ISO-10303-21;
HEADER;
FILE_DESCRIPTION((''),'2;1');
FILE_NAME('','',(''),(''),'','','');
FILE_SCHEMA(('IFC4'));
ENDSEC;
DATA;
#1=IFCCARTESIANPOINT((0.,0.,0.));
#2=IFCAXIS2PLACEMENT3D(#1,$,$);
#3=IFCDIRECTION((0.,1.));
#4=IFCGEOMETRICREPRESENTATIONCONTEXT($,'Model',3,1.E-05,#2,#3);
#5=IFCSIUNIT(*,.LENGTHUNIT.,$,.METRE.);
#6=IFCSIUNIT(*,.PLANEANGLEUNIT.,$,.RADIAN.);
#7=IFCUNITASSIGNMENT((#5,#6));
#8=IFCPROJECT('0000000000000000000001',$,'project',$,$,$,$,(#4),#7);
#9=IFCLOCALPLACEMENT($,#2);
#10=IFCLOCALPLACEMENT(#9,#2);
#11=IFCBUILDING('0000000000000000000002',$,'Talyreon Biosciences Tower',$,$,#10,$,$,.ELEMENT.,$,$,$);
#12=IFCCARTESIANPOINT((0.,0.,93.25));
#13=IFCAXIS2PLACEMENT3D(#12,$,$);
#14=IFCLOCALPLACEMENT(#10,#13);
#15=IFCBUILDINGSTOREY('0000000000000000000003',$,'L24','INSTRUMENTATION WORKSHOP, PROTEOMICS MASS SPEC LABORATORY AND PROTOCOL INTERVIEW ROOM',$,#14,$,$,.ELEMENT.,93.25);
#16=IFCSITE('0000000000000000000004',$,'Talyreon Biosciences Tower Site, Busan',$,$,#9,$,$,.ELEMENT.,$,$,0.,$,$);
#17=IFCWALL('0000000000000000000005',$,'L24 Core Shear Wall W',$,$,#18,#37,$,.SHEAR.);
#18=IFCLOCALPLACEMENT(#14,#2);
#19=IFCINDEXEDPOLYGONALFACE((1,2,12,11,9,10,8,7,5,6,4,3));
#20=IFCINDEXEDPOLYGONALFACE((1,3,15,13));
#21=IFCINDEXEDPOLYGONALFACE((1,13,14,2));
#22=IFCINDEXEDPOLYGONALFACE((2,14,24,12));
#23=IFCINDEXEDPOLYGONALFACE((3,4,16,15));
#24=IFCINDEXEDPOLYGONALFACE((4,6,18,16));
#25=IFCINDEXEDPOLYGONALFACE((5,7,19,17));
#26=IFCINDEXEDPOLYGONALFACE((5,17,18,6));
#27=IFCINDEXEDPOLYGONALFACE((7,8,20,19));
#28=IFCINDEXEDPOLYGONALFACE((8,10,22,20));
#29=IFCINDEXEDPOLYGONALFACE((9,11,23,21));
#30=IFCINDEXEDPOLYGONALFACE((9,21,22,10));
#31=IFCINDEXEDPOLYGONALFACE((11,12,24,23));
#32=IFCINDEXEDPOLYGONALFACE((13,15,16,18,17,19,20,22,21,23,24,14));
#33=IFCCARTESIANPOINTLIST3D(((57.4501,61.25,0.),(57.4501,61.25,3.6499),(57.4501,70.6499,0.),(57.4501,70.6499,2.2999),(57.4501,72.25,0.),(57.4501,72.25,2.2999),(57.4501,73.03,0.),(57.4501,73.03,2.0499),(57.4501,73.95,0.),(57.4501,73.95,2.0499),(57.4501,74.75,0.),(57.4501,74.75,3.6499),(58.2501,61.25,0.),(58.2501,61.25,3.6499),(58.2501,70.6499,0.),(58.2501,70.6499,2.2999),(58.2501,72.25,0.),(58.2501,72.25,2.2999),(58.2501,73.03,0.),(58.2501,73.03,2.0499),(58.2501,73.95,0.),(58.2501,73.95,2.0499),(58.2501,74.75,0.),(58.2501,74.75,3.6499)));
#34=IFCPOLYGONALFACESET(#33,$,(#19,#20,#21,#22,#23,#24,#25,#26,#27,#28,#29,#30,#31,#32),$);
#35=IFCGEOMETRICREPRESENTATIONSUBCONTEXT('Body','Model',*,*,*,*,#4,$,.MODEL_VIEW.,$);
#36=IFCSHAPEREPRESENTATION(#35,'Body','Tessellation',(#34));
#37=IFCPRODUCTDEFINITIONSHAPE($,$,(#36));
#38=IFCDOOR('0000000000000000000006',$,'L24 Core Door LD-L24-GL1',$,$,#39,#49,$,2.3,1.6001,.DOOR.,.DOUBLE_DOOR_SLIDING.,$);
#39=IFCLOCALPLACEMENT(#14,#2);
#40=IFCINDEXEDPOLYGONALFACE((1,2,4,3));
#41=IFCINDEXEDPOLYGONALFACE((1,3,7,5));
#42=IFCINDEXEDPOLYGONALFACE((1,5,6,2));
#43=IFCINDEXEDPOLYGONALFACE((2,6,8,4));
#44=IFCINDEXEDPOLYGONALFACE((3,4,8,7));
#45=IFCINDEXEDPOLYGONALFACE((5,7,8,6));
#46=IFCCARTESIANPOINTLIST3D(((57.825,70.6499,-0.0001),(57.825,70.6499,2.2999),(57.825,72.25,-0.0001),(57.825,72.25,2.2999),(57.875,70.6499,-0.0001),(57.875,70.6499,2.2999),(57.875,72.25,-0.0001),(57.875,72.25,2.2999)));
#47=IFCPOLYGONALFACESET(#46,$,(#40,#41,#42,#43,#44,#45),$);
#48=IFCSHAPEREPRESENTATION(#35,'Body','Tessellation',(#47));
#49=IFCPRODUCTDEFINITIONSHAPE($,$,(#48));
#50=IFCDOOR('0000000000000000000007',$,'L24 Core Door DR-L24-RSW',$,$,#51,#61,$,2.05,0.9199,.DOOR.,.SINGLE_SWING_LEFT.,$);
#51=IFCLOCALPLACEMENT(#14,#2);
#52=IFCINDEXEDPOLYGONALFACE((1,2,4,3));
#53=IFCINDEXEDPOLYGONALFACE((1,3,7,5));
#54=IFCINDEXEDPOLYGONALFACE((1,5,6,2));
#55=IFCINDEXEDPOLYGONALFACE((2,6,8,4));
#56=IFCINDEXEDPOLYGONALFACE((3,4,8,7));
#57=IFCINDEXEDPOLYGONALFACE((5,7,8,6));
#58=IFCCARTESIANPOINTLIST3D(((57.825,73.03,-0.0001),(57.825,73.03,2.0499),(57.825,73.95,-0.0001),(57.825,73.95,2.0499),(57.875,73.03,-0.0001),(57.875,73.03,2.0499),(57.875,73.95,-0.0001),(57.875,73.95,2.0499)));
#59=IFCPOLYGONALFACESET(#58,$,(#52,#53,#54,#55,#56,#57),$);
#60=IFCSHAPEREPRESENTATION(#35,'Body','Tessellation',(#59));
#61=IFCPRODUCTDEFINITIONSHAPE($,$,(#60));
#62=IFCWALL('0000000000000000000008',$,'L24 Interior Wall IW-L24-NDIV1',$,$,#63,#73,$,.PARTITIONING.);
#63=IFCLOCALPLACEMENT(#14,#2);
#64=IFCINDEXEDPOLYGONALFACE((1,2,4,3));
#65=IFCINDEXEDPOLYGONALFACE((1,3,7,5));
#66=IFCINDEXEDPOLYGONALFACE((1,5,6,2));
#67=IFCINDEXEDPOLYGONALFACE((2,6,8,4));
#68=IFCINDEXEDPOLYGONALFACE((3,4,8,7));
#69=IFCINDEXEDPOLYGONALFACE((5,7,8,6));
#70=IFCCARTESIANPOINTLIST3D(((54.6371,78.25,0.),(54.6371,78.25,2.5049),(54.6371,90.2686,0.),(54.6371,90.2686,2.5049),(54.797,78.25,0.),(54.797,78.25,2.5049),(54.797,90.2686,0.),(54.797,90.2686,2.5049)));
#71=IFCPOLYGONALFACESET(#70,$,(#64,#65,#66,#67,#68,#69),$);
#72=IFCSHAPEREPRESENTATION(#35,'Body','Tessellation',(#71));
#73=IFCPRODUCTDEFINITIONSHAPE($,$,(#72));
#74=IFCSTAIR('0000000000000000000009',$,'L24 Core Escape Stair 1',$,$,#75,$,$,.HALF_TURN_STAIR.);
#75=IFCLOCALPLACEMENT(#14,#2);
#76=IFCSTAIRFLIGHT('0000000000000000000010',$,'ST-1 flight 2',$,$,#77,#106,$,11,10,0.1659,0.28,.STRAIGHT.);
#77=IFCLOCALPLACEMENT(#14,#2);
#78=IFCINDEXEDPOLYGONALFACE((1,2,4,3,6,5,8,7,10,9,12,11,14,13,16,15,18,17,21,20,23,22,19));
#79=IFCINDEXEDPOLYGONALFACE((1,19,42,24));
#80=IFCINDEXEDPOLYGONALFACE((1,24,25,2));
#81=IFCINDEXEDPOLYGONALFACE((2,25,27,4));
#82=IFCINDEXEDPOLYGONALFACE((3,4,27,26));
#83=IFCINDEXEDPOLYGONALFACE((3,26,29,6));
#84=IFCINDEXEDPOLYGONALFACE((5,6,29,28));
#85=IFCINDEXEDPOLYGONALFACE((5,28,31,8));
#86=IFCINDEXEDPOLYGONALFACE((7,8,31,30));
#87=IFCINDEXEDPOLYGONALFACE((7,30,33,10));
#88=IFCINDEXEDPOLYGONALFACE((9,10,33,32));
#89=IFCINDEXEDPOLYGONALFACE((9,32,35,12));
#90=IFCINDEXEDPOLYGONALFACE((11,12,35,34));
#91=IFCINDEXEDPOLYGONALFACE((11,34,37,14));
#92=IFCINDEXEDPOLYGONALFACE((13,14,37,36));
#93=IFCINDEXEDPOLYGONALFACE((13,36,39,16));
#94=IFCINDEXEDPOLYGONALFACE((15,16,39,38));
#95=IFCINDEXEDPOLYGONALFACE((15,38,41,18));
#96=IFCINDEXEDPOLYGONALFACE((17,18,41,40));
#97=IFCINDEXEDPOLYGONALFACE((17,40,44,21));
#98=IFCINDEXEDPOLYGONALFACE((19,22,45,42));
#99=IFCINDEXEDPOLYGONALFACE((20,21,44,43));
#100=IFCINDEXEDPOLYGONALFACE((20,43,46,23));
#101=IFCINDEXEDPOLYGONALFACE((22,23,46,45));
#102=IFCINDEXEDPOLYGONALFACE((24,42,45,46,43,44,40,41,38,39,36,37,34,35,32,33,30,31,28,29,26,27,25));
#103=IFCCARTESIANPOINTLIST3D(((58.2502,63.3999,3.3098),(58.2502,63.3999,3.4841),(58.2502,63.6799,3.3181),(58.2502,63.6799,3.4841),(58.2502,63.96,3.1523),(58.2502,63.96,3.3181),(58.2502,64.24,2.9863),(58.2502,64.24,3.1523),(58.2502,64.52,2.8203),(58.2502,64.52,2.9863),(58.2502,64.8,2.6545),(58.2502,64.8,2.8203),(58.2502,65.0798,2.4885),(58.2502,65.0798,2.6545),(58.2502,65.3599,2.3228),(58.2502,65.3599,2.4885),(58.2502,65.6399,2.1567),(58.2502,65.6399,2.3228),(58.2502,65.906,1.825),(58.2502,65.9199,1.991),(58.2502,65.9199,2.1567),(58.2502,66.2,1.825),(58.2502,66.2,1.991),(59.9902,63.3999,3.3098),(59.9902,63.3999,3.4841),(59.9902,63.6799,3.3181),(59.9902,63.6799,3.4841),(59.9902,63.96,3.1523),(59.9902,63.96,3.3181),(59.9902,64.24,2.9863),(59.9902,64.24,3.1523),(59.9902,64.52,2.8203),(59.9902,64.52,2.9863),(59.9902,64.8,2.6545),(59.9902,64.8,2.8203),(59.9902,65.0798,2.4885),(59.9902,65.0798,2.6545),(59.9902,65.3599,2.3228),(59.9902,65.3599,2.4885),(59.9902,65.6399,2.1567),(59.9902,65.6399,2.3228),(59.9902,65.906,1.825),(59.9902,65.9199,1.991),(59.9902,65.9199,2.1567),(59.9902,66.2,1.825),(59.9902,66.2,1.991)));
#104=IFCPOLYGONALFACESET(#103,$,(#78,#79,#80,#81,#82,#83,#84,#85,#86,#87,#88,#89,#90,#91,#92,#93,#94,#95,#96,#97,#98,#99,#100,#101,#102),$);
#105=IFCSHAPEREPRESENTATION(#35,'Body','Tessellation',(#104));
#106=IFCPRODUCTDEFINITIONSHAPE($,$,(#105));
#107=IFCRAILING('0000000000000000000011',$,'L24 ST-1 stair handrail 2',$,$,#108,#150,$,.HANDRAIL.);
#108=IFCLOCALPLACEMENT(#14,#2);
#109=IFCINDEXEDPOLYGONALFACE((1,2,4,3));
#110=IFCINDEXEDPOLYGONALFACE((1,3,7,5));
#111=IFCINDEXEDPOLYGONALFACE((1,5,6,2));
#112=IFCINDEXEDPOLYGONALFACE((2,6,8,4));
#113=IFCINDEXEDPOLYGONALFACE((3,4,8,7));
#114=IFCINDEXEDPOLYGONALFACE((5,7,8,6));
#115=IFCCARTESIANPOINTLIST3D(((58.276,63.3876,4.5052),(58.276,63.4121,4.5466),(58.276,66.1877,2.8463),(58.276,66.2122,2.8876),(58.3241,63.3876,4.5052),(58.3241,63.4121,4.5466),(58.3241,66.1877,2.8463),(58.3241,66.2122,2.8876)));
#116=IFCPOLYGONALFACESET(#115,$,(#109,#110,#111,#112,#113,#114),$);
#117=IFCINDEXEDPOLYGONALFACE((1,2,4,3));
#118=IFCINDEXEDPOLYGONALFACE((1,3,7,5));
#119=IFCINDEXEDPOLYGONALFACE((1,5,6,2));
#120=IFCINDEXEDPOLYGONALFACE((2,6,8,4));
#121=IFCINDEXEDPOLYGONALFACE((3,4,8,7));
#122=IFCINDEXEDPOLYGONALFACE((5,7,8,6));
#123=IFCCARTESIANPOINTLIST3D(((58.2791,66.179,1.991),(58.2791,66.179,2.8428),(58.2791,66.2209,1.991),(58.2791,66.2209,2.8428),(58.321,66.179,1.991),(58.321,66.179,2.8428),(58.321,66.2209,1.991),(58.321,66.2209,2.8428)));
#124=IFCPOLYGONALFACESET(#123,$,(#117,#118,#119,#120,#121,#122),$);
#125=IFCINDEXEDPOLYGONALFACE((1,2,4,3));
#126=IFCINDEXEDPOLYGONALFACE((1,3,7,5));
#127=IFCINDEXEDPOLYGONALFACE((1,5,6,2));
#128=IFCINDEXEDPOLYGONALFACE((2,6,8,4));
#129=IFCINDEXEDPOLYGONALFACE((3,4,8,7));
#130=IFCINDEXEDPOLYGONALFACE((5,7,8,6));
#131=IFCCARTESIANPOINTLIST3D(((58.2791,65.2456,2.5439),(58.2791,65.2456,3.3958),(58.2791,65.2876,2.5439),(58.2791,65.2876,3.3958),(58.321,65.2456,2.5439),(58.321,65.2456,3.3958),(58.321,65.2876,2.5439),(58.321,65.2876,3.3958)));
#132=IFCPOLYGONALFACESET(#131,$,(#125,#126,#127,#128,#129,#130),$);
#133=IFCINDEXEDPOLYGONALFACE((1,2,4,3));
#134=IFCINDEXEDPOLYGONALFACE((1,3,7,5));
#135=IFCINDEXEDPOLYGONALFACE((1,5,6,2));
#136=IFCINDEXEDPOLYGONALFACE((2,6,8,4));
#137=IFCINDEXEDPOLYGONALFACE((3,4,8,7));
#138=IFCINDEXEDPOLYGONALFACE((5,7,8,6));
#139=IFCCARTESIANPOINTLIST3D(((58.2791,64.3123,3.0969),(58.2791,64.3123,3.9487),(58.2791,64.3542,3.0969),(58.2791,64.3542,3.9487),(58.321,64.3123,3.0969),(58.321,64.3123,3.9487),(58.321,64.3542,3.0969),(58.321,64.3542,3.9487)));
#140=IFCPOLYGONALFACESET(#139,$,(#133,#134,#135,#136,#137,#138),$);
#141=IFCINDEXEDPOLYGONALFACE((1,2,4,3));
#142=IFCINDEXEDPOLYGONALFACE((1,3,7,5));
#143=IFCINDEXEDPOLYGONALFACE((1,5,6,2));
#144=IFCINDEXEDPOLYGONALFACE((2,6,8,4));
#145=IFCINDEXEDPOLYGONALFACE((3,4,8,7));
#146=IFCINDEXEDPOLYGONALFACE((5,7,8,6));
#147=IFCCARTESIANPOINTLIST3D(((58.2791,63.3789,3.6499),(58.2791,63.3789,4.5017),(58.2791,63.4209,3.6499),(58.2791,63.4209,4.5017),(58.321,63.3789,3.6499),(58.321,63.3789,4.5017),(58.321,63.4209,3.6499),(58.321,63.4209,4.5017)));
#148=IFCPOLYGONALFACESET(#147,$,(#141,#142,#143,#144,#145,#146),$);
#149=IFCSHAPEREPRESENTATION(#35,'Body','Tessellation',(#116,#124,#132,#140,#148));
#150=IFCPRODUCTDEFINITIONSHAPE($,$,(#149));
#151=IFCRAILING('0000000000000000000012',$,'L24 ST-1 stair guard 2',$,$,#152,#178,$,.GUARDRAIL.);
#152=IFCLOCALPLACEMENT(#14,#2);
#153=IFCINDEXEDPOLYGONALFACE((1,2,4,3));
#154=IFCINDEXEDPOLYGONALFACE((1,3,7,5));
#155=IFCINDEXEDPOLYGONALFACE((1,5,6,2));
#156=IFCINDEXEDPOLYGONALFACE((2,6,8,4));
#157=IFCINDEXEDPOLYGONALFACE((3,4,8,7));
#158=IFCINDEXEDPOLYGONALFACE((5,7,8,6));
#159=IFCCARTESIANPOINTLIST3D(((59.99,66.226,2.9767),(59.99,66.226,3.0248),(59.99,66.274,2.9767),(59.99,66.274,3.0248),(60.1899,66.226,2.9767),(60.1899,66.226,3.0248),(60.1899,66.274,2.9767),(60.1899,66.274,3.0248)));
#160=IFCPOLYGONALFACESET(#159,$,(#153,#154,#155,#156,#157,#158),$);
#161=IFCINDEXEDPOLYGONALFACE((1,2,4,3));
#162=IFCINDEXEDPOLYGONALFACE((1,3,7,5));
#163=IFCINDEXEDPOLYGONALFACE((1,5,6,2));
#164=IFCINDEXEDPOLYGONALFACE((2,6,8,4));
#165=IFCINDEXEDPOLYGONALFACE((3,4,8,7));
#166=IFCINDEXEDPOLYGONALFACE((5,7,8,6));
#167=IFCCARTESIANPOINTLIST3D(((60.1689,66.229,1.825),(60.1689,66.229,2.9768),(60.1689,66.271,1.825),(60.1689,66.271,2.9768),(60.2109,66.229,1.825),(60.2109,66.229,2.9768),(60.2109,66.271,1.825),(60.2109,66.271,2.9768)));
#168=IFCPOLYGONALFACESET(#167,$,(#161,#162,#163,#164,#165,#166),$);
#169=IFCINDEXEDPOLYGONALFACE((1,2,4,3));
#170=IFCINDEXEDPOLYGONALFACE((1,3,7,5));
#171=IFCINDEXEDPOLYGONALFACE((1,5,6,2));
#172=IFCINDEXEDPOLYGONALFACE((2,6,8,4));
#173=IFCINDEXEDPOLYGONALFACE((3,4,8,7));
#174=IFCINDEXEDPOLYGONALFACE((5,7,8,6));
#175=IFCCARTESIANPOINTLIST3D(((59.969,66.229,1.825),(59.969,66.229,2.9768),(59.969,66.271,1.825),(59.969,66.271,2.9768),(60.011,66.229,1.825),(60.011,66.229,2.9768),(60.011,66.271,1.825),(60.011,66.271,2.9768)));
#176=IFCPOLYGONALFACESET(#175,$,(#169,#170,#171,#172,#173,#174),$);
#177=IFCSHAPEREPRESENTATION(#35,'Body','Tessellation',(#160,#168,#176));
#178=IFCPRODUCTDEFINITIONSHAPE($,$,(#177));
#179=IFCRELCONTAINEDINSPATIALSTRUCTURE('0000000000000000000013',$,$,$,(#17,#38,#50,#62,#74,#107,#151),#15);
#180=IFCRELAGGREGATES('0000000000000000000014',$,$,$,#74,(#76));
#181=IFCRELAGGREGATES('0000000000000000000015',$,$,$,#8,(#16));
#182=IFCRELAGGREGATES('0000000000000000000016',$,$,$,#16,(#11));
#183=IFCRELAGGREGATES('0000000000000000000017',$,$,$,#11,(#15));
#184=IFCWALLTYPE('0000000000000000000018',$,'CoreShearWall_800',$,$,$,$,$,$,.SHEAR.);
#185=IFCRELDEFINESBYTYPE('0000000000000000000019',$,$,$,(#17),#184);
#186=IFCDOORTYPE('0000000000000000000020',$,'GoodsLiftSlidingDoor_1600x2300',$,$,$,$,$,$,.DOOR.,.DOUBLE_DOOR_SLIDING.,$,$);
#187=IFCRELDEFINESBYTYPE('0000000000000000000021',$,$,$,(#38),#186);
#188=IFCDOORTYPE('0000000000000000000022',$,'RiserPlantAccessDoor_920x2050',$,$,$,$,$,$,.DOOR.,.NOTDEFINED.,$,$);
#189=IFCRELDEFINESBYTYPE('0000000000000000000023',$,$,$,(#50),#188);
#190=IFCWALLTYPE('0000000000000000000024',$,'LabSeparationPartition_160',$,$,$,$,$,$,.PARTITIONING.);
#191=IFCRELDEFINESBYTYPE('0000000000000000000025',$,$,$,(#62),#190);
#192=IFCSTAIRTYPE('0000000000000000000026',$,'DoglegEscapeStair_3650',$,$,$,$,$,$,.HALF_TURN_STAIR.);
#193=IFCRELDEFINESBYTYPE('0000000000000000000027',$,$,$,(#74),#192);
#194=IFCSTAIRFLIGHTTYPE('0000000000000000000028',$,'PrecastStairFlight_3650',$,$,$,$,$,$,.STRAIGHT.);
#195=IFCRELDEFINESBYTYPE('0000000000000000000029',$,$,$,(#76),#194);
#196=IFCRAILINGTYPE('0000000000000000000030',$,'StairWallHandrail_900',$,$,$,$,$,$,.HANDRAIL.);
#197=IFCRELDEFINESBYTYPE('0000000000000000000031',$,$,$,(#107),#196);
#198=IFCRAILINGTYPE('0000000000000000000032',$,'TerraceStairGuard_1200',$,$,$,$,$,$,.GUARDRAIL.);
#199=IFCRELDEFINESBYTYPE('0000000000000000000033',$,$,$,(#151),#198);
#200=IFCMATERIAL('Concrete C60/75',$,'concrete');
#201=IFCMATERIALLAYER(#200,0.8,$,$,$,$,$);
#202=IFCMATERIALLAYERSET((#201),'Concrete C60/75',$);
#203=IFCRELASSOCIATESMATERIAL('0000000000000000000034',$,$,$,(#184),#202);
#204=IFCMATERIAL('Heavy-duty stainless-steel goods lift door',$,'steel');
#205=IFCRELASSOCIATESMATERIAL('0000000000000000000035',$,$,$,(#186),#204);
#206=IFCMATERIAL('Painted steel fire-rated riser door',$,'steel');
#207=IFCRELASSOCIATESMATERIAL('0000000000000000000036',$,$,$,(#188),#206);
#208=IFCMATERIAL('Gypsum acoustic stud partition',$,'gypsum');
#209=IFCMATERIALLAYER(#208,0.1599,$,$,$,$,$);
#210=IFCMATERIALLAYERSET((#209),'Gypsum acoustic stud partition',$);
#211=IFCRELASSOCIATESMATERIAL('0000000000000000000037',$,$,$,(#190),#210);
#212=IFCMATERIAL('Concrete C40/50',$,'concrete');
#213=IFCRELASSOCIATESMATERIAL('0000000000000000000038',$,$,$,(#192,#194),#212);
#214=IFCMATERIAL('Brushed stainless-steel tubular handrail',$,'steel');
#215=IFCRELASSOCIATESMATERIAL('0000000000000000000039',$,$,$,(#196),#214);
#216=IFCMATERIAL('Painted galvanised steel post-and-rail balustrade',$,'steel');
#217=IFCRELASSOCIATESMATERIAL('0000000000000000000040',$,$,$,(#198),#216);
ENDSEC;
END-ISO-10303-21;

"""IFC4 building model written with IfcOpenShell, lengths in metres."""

from ifc_helpers import new_model, si_unit, direction, frame, frame_2d, origin, origin_2d, place, context, subcontext, project, spatial, polyline, rectangle, outline, extrude, material, layer, layer_set, type_object, element, fill, aggregate, save


model = new_model("IFC4")

# Units and contexts
model_context = context("Model", 3, precision=1e-05, world=origin(), true_north=direction((0.0, 1.0)))
body_context = subcontext(model_context, "Body", "Model", "MODEL_VIEW")
ifc_project = project(units=[si_unit("LENGTHUNIT", "METRE"), si_unit("PLANEANGLEUNIT", "RADIAN")], contexts=[model_context])

# Site, building, storey
site_placement = place(None, origin())
site = spatial("IfcSite", under=ifc_project, at=site_placement, Name="Talyreon Biosciences Tower Site, Busan", CompositionType="ELEMENT", RefElevation=0.0)
building_placement = place(site_placement, origin())
building = spatial("IfcBuilding", under=site, at=building_placement, Name="Talyreon Biosciences Tower", CompositionType="ELEMENT")
storey_placement = place(building_placement, frame((0.0, 0.0, 93.25)))
storey = spatial("IfcBuildingStorey", under=building, at=storey_placement, Name="L24", Description="INSTRUMENTATION WORKSHOP, PROTEOMICS MASS SPEC LABORATORY AND PROTOCOL INTERVIEW ROOM", CompositionType="ELEMENT", Elevation=93.25)

# Shared definitions
ifc_material_1 = material(Name="Concrete C60/75", Category="concrete")

# Shared definitions
ifc_layer_1 = layer(ifc_material_1, 0.8)
ifc_layer_set_1 = layer_set([ifc_layer_1], Name="Concrete C60/75")
wall_type_1 = type_object("IfcWallType", Name="CoreShearWall_800", PredefinedType="SHEAR", material=ifc_layer_set_1)

# Wall, openings, doors
wall_1_placement = place(storey_placement, frame((57.8501, 74.75, 0.0), z_axis=(0.0, 0.0, 1.0), x_axis=(0.0, -1.0, 0.0)))
wall_1 = element("IfcWall", 1, at=wall_1_placement, inside=storey, type_object=wall_type_1, Name="L24 Core Shear Wall W", PredefinedType="SHEAR", context=body_context, shape_type="SweptSolid", body=[
    extrude(rectangle(XDim=13.5, YDim=0.8, at=frame_2d((6.75, 0.0))), origin(), (0.0, 0.0, 1.0), 3.6499),
])
opening_1_placement = place(wall_1_placement, frame((0.8, 0.0, 0.0)))
opening_1 = element("IfcOpeningElement", 2, at=opening_1_placement, cuts=wall_1, PredefinedType="OPENING", context=body_context, shape_type="SweptSolid", body=[
    extrude(rectangle(XDim=0.9199, YDim=2.05, at=frame_2d((0.46, 1.0249))), frame((0.0, 0.4099, 0.0), z_axis=(0.0, -1.0, 0.0), x_axis=(1.0, 0.0, 0.0)), (0.0, 0.0, 1.0), 0.8201),
])
opening_2_placement = place(wall_1_placement, frame((2.5, 0.0, 0.0)))
opening_2 = element("IfcOpeningElement", 3, at=opening_2_placement, cuts=wall_1, PredefinedType="OPENING", context=body_context, shape_type="SweptSolid", body=[
    extrude(rectangle(XDim=1.6001, YDim=2.3, at=frame_2d((0.8, 1.1499))), frame((0.0, 0.4099, 0.0), z_axis=(0.0, -1.0, 0.0), x_axis=(1.0, 0.0, 0.0)), (0.0, 0.0, 1.0), 0.8201),
])
ifc_material_2 = material(Name="Heavy-duty stainless-steel goods lift door", Category="steel")
door_type_1 = type_object("IfcDoorType", Name="GoodsLiftSlidingDoor_1600x2300", OperationType="DOUBLE_DOOR_SLIDING", PredefinedType="DOOR", material=ifc_material_2)
door_1_placement = place(opening_2_placement, origin())
door_1 = element("IfcDoor", 4, at=door_1_placement, inside=storey, type_object=door_type_1, Name="L24 Core Door LD-L24-GL1", OperationType="DOUBLE_DOOR_SLIDING", OverallHeight=2.3, OverallWidth=1.6001, PredefinedType="DOOR", context=body_context, shape_type="SweptSolid", body=[
    extrude(rectangle(XDim=1.6001, YDim=2.3, at=frame_2d((0.8, 1.1499))), frame((0.0, 0.0249, 0.0), z_axis=(0.0, -1.0, 0.0), x_axis=(1.0, 0.0, 0.0)), (0.0, 0.0, 1.0), 0.05),
])
fill(opening_2, door_1)
ifc_material_3 = material(Name="Painted steel fire-rated riser door", Category="steel")
door_type_2 = type_object("IfcDoorType", Name="RiserPlantAccessDoor_920x2050", OperationType="NOTDEFINED", PredefinedType="DOOR", material=ifc_material_3)
door_2_placement = place(opening_1_placement, origin())
door_2 = element("IfcDoor", 5, at=door_2_placement, inside=storey, type_object=door_type_2, Name="L24 Core Door DR-L24-RSW", OperationType="SINGLE_SWING_LEFT", OverallHeight=2.05, OverallWidth=0.9199, PredefinedType="DOOR", context=body_context, shape_type="SweptSolid", body=[
    extrude(rectangle(XDim=0.9199, YDim=2.05, at=frame_2d((0.46, 1.0249))), frame((0.0, 0.0249, 0.0), z_axis=(0.0, -1.0, 0.0), x_axis=(1.0, 0.0, 0.0)), (0.0, 0.0, 1.0), 0.05),
])
fill(opening_1, door_2)

# Wall
ifc_material_4 = material(Name="Gypsum acoustic stud partition", Category="gypsum")
ifc_layer_2 = layer(ifc_material_4, 0.1599)
ifc_layer_set_2 = layer_set([ifc_layer_2], Name="Gypsum acoustic stud partition")
wall_type_2 = type_object("IfcWallType", Name="LabSeparationPartition_160", PredefinedType="PARTITIONING", material=ifc_layer_set_2)
wall_2_placement = place(storey_placement, frame((54.717, 78.25, 0.0), z_axis=(0.0, 0.0, 1.0), x_axis=(0.0, 1.0, 0.0)))
element("IfcWall", 6, at=wall_2_placement, inside=storey, type_object=wall_type_2, Name="L24 Interior Wall IW-L24-NDIV1", PredefinedType="PARTITIONING", context=body_context, shape_type="SweptSolid", body=[
    extrude(rectangle(XDim=12.0186, YDim=0.1599, at=frame_2d((6.0093, 0.0))), origin(), (0.0, 0.0, 1.0), 2.5049),
])

# Stair, stair flight
ifc_material_5 = material(Name="Concrete C40/50", Category="concrete")
stair_type = type_object("IfcStairType", Name="DoglegEscapeStair_3650", PredefinedType="HALF_TURN_STAIR", material=ifc_material_5)
stair_placement = place(storey_placement, origin())
stair = element("IfcStair", 7, at=stair_placement, inside=storey, type_object=stair_type, Name="L24 Core Escape Stair 1", PredefinedType="HALF_TURN_STAIR")
stair_flight_type = type_object("IfcStairFlightType", Name="PrecastStairFlight_3650", PredefinedType="STRAIGHT", material=ifc_material_5)
stair_flight_placement = place(storey_placement, frame((59.1201, 66.2, 1.825), z_axis=(0.0, 0.0, 1.0), x_axis=(0.0, -1.0, 0.0)))
stair_flight = element("IfcStairFlight", 8, at=stair_flight_placement, type_object=stair_flight_type, Name="ST-1 flight 2", NumberOfRisers=11, NumberOfTreads=10, PredefinedType="STRAIGHT", RiserHeight=0.1659, TreadLength=0.28, context=body_context, shape_type="SweptSolid", body=[
    extrude(outline(polyline([(0.0, 0.0), (0.0, 0.166), (0.28, 0.166), (0.28, 0.3318), (0.5601, 0.3318), (0.5601, 0.4978), (0.8401, 0.4978), (0.8401, 0.6636), (1.1201, 0.6636), (1.1201, 0.8296), (1.3999, 0.8296), (1.3999, 0.9954), (1.6799, 0.9954), (1.6799, 1.1614), (1.96, 1.1614), (1.96, 1.3274), (2.24, 1.3274), (2.24, 1.4932), (2.52, 1.4932), (2.52, 1.6592), (2.8, 1.6592), (2.8, 1.825), (2.8, 1.4849), (0.2939, 0.0), (0.0, 0.0)])), frame((0.0, 0.8701, 0.0), z_axis=(0.0, -1.0, 0.0), x_axis=(1.0, 0.0, 0.0)), (0.0, 0.0, 1.0), 1.74),
])
aggregate(stair, [stair_flight])

# Railings
ifc_material_6 = material(Name="Brushed stainless-steel tubular handrail", Category="steel")
railing_type_1 = type_object("IfcRailingType", Name="StairWallHandrail_900", PredefinedType="HANDRAIL", material=ifc_material_6)
railing_1_placement = place(storey_placement, frame((58.3, 66.2, 1.991)))
element("IfcRailing", 9, at=railing_1_placement, inside=storey, type_object=railing_type_1, Name="L24 ST-1 stair handrail 2", PredefinedType="HANDRAIL", context=body_context, shape_type="SweptSolid", body=[
    extrude(rectangle(XDim=0.0481, YDim=0.0481, at=origin_2d()), frame((0.0, 0.0, 0.876), z_axis=(0.0, -0.860339, 0.509722), x_axis=(1.0, 0.0, 0.0)), (0.0, 0.0, 1.0), 3.2546),
    extrude(rectangle(XDim=0.042, YDim=0.042, at=origin_2d()), origin(), (0.0, 0.0, 1.0), 0.8518),
    extrude(rectangle(XDim=0.042, YDim=0.042, at=origin_2d()), frame((0.0, -0.9333, 0.553)), (0.0, 0.0, 1.0), 0.8518),
    extrude(rectangle(XDim=0.042, YDim=0.042, at=origin_2d()), frame((0.0, -1.8667, 1.106)), (0.0, 0.0, 1.0), 0.8518),
    extrude(rectangle(XDim=0.042, YDim=0.042, at=origin_2d()), frame((0.0, -2.8, 1.6589)), (0.0, 0.0, 1.0), 0.8518),
])
ifc_material_7 = material(Name="Painted galvanised steel post-and-rail balustrade", Category="steel")
railing_type_2 = type_object("IfcRailingType", Name="TerraceStairGuard_1200", PredefinedType="GUARDRAIL", material=ifc_material_7)
railing_2_placement = place(storey_placement, frame((60.1899, 66.25, 1.825)))
element("IfcRailing", 10, at=railing_2_placement, inside=storey, type_object=railing_type_2, Name="L24 ST-1 stair guard 2", PredefinedType="GUARDRAIL", context=body_context, shape_type="SweptSolid", body=[
    extrude(rectangle(XDim=0.0481, YDim=0.0481, at=origin_2d()), frame((0.0, 0.0, 1.1758), z_axis=(-1.0, 0.0, 0.0), x_axis=(0.0, -1.0, 0.0)), (0.0, 0.0, 1.0), 0.2),
    extrude(rectangle(XDim=0.042, YDim=0.042, at=origin_2d()), origin(), (0.0, 0.0, 1.0), 1.1519),
    extrude(rectangle(XDim=0.042, YDim=0.042, at=origin_2d()), frame((-0.2, 0.0, 0.0)), (0.0, 0.0, 1.0), 1.1519),
])

save(model, "model.ifc")
